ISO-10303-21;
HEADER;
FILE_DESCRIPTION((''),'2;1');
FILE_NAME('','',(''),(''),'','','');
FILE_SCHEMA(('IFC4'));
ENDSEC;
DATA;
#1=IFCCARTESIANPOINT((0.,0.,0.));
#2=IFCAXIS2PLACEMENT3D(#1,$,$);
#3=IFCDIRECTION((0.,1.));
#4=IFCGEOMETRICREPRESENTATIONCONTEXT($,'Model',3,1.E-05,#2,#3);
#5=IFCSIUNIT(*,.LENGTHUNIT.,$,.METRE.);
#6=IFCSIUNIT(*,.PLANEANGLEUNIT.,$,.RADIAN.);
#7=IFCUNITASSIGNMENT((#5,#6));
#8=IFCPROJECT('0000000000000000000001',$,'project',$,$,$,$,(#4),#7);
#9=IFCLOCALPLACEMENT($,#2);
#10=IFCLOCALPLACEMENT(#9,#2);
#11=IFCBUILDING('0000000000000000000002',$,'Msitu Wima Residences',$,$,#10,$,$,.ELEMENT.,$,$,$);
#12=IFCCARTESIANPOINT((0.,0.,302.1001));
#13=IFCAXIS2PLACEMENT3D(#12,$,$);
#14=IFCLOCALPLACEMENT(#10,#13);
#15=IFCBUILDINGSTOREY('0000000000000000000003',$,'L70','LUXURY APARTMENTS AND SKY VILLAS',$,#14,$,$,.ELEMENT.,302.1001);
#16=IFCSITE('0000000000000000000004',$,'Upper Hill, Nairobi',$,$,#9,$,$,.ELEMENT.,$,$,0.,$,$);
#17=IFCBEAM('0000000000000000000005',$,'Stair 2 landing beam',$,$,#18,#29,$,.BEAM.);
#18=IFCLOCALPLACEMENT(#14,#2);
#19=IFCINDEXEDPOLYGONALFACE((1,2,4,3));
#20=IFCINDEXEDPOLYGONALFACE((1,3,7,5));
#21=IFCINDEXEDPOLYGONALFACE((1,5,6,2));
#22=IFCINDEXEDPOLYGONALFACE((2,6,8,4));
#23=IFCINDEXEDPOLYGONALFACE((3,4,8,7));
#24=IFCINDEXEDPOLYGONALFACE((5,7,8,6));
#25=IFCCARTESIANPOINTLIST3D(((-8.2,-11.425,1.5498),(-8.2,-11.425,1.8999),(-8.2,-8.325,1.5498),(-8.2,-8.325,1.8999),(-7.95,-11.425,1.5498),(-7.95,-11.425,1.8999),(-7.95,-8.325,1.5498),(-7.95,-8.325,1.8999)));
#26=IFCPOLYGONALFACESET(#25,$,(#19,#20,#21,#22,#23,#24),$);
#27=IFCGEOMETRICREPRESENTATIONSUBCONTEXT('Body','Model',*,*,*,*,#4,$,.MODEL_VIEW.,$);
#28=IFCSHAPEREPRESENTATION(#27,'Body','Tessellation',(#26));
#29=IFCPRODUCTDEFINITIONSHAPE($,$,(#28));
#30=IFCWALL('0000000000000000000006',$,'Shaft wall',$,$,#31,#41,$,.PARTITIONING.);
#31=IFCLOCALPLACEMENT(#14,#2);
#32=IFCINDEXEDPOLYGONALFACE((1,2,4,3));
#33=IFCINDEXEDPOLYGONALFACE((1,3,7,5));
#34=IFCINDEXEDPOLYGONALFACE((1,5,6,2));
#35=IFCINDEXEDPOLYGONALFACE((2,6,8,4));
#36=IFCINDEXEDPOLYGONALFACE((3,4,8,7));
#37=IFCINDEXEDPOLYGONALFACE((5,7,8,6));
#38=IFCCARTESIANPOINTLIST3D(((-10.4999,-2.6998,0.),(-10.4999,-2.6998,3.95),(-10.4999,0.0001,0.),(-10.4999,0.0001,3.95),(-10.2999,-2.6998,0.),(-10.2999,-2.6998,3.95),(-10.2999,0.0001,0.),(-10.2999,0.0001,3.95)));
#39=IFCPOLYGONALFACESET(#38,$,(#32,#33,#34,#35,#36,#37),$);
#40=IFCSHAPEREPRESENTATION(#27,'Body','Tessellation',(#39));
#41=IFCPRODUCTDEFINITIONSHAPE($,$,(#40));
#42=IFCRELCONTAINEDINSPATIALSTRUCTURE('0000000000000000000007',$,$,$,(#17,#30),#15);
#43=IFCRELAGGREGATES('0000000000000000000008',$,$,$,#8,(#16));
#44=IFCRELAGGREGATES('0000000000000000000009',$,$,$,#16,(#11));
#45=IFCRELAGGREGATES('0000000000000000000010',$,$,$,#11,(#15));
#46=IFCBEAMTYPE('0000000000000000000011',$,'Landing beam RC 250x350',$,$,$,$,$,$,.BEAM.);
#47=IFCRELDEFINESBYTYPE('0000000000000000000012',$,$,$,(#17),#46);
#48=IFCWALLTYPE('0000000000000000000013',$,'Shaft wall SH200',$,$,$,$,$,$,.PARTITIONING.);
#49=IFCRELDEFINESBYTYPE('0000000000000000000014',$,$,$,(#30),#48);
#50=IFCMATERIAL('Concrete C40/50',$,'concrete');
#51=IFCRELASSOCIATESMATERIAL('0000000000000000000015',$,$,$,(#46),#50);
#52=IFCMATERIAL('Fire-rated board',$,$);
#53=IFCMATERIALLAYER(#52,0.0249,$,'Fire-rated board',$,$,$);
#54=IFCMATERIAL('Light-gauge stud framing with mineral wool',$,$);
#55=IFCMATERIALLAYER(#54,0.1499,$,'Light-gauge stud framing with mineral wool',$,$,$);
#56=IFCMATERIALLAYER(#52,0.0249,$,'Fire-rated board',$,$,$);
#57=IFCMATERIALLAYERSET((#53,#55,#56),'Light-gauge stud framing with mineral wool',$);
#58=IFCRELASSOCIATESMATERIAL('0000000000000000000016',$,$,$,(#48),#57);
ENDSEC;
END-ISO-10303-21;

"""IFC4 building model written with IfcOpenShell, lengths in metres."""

from ifc_helpers import new_model, si_unit, direction, frame, frame_2d, origin, origin_2d, place, context, subcontext, project, spatial, rectangle, extrude, material, layer, layer_set, material_profile, profile_set, type_object, element, save


model = new_model("IFC4")

# Units and contexts
model_context = context("Model", 3, precision=1e-05, world=origin(), true_north=direction((0.0, 1.0)))
body_context = subcontext(model_context, "Body", "Model", "MODEL_VIEW")
ifc_project = project(units=[si_unit("LENGTHUNIT", "METRE"), si_unit("PLANEANGLEUNIT", "RADIAN")], contexts=[model_context])

# Site, building, storey
site_placement = place(None, origin())
site = spatial("IfcSite", under=ifc_project, at=site_placement, Name="Upper Hill, Nairobi", CompositionType="ELEMENT", RefElevation=0.0)
building_placement = place(site_placement, origin())
building = spatial("IfcBuilding", under=site, at=building_placement, Name="Msitu Wima Residences", CompositionType="ELEMENT")
storey_placement = place(building_placement, frame((0.0, 0.0, 302.1001)))
storey = spatial("IfcBuildingStorey", under=building, at=storey_placement, Name="L70", Description="LUXURY APARTMENTS AND SKY VILLAS", CompositionType="ELEMENT", Elevation=302.1001)

# Beam
ifc_material_1 = material(Name="Concrete C40/50", Category="concrete")
ifc_material_profile = material_profile(ifc_material_1, rectangle(XDim=0.25, YDim=0.3501, at=origin_2d()), Name="RC 250x350")
ifc_profile_set = profile_set([ifc_material_profile], Name="Concrete C40/50")
beam_type = type_object("IfcBeamType", Name="Landing beam RC 250x350", PredefinedType="BEAM", material=ifc_profile_set)
beam_placement = place(storey_placement, frame((-8.075, -11.425, 1.7249), z_axis=(0.0, 1.0, 0.0), x_axis=(-1.0, 0.0, 0.0)))
element("IfcBeam", 1, at=beam_placement, inside=storey, type_object=beam_type, Name="Stair 2 landing beam", PredefinedType="BEAM", context=body_context, shape_type="SweptSolid", body=[
    extrude(rectangle(XDim=0.25, YDim=0.3501, at=origin_2d()), origin(), (0.0, 0.0, 1.0), 3.1001),
])

# Wall
ifc_material_2 = material(Name="Fire-rated board")
ifc_layer_1 = layer(ifc_material_2, 0.0249, Name="Fire-rated board")
ifc_material_3 = material(Name="Light-gauge stud framing with mineral wool")
ifc_layer_2 = layer(ifc_material_3, 0.1499, Name="Light-gauge stud framing with mineral wool")
ifc_layer_3 = layer(ifc_material_2, 0.0249, Name="Fire-rated board")
ifc_layer_set = layer_set([ifc_layer_1, ifc_layer_2, ifc_layer_3], Name="Light-gauge stud framing with mineral wool")
wall_type = type_object("IfcWallType", Name="Shaft wall SH200", PredefinedType="PARTITIONING", material=ifc_layer_set)
wall_1_placement = place(storey_placement, frame((-10.3999, -2.7, 0.0), z_axis=(0.0, 0.0, 1.0), x_axis=(0.0, 1.0, 0.0)))
element("IfcWall", 2, at=wall_1_placement, inside=storey, type_object=wall_type, Name="Shaft wall", PredefinedType="PARTITIONING", context=body_context, shape_type="SweptSolid", body=[
    extrude(rectangle(XDim=2.7, YDim=0.2, at=frame_2d((1.3501, 0.0))), origin(), (0.0, 0.0, 1.0), 3.95),
])

save(model, "model.ifc")
